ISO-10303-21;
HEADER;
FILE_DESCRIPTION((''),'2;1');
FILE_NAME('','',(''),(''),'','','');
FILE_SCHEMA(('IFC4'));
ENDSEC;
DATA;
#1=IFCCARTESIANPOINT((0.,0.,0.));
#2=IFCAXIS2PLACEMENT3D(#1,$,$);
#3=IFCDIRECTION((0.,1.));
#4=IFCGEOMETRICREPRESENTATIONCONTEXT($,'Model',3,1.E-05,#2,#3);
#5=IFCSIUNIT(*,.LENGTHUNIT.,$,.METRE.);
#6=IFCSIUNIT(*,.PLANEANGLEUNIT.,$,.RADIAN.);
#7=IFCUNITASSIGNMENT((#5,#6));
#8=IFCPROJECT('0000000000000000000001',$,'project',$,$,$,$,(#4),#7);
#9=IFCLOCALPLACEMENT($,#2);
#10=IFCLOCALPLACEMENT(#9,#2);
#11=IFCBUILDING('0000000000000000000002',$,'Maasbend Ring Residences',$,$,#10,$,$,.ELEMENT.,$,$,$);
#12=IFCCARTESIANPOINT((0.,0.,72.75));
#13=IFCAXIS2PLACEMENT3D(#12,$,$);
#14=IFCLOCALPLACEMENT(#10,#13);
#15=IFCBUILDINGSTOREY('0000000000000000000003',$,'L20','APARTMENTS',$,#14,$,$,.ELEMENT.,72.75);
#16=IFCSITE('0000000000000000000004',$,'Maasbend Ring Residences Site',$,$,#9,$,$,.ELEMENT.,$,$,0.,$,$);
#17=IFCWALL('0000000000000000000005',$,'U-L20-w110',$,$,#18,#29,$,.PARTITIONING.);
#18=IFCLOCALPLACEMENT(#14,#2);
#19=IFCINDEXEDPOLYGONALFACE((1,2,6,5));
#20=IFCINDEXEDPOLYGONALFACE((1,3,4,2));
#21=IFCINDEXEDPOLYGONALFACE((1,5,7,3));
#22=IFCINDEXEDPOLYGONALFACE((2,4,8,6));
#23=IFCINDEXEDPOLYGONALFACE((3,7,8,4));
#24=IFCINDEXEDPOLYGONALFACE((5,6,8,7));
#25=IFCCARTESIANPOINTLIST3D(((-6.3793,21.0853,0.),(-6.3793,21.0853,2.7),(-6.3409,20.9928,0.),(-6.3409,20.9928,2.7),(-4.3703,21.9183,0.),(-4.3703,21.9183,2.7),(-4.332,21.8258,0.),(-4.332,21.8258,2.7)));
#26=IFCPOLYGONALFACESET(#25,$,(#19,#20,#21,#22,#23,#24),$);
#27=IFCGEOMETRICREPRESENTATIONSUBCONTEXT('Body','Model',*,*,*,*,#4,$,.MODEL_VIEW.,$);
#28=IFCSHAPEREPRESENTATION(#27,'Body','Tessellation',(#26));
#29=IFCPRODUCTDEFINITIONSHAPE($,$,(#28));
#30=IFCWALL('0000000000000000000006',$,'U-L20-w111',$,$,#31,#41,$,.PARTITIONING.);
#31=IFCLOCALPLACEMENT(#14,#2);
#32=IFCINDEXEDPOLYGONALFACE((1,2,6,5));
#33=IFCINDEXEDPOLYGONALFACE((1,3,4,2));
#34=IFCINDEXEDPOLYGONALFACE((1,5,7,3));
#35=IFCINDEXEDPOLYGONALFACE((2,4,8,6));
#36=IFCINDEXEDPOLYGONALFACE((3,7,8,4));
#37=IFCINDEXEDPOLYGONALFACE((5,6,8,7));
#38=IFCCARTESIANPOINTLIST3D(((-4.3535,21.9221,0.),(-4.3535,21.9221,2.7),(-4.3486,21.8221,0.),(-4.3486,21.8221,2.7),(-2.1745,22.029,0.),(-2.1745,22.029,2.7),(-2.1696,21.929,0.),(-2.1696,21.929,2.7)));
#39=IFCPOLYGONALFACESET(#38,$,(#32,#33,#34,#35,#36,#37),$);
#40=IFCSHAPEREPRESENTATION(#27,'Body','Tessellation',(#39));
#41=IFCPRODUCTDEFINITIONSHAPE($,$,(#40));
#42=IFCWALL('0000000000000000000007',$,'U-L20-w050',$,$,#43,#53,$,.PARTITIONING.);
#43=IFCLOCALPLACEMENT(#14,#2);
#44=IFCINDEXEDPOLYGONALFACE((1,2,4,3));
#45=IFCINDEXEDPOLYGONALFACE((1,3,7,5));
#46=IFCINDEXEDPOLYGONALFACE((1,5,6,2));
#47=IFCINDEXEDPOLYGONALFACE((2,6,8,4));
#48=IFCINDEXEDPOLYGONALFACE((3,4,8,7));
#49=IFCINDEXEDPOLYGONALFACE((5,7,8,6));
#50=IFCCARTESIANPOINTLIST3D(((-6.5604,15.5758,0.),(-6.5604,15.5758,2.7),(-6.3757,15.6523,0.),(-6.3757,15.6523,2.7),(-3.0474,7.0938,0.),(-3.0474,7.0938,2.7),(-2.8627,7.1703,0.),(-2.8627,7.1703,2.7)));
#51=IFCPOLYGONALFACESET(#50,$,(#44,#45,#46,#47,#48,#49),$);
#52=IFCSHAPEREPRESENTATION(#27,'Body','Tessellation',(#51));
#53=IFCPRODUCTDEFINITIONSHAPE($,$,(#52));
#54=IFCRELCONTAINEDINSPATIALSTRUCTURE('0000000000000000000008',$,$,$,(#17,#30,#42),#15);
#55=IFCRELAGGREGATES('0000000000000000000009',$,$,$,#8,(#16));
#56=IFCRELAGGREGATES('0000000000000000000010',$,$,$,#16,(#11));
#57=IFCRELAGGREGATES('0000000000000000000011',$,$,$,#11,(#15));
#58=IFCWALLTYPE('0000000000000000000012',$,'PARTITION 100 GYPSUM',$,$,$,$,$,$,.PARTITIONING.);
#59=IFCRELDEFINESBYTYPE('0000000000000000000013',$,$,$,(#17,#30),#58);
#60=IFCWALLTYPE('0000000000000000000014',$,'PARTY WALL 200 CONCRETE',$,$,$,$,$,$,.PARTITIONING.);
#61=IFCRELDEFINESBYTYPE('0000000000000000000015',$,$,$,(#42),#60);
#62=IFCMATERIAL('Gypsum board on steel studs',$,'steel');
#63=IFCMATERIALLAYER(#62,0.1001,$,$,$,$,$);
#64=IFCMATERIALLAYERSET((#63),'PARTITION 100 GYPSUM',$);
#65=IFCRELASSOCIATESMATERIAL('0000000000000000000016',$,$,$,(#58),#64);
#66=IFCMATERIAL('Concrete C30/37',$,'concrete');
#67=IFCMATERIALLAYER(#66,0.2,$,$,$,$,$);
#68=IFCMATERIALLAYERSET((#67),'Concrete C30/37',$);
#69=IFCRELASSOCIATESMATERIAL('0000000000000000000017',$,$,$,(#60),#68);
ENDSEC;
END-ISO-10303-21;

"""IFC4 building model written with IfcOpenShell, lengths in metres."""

from ifc_helpers import new_model, si_unit, direction, frame, frame_2d, origin, place, context, subcontext, project, spatial, rectangle, extrude, material, layer, layer_set, type_object, element, save


model = new_model("IFC4")

# Units and contexts
model_context = context("Model", 3, precision=1e-05, world=origin(), true_north=direction((0.0, 1.0)))
body_context = subcontext(model_context, "Body", "Model", "MODEL_VIEW")
ifc_project = project(units=[si_unit("LENGTHUNIT", "METRE"), si_unit("PLANEANGLEUNIT", "RADIAN")], contexts=[model_context])

# Site, building, storey
site_placement = place(None, origin())
site = spatial("IfcSite", under=ifc_project, at=site_placement, Name="Maasbend Ring Residences Site", CompositionType="ELEMENT", RefElevation=0.0)
building_placement = place(site_placement, origin())
building = spatial("IfcBuilding", under=site, at=building_placement, Name="Maasbend Ring Residences", CompositionType="ELEMENT")
storey_placement = place(building_placement, frame((0.0, 0.0, 72.75)))
storey = spatial("IfcBuildingStorey", under=building, at=storey_placement, Name="L20", Description="APARTMENTS", CompositionType="ELEMENT", Elevation=72.75)

# Shared definitions
ifc_material_1 = material(Name="Gypsum board on steel studs", Category="steel")
ifc_layer_1 = layer(ifc_material_1, 0.1001)
ifc_layer_set_1 = layer_set([ifc_layer_1], Name="PARTITION 100 GYPSUM")
wall_type_1 = type_object("IfcWallType", Name="PARTITION 100 GYPSUM", PredefinedType="PARTITIONING", material=ifc_layer_set_1)

# Walls
wall_1_placement = place(storey_placement, frame((-6.3601, 21.0391, 0.0), z_axis=(0.0, 0.0, 1.0), x_axis=(0.923743, 0.383013, 0.0)))
element("IfcWall", 1, at=wall_1_placement, inside=storey, type_object=wall_type_1, Name="U-L20-w110", PredefinedType="PARTITIONING", context=body_context, shape_type="SweptSolid", body=[
    extrude(rectangle(XDim=2.1748, YDim=0.1001, at=frame_2d((1.0874, 0.0))), origin(), (0.0, 0.0, 1.0), 2.7),
])
wall_2_placement = place(storey_placement, frame((-4.3511, 21.8721, 0.0), z_axis=(0.0, 0.0, 1.0), x_axis=(0.998798, 0.049017, 0.0)))
element("IfcWall", 2, at=wall_2_placement, inside=storey, type_object=wall_type_1, Name="U-L20-w111", PredefinedType="PARTITIONING", context=body_context, shape_type="SweptSolid", body=[
    extrude(rectangle(XDim=2.1816, YDim=0.1001, at=frame_2d((1.0908, 0.0))), origin(), (0.0, 0.0, 1.0), 2.7),
])
ifc_material_2 = material(Name="Concrete C30/37", Category="concrete")
ifc_layer_2 = layer(ifc_material_2, 0.2)
ifc_layer_set_2 = layer_set([ifc_layer_2], Name="Concrete C30/37")
wall_type_2 = type_object("IfcWallType", Name="PARTY WALL 200 CONCRETE", PredefinedType="PARTITIONING", material=ifc_layer_set_2)
wall_3_placement = place(storey_placement, frame((-6.468, 15.614, 0.0), z_axis=(0.0, 0.0, 1.0), x_axis=(0.382647, -0.923895, 0.0)))
element("IfcWall", 3, at=wall_3_placement, inside=storey, type_object=wall_type_2, Name="U-L20-w050", PredefinedType="PARTITIONING", context=body_context, shape_type="SweptSolid", body=[
    extrude(rectangle(XDim=9.1807, YDim=0.2, at=frame_2d((4.5903, 0.0))), origin(), (0.0, 0.0, 1.0), 2.7),
])

save(model, "model.ifc")
